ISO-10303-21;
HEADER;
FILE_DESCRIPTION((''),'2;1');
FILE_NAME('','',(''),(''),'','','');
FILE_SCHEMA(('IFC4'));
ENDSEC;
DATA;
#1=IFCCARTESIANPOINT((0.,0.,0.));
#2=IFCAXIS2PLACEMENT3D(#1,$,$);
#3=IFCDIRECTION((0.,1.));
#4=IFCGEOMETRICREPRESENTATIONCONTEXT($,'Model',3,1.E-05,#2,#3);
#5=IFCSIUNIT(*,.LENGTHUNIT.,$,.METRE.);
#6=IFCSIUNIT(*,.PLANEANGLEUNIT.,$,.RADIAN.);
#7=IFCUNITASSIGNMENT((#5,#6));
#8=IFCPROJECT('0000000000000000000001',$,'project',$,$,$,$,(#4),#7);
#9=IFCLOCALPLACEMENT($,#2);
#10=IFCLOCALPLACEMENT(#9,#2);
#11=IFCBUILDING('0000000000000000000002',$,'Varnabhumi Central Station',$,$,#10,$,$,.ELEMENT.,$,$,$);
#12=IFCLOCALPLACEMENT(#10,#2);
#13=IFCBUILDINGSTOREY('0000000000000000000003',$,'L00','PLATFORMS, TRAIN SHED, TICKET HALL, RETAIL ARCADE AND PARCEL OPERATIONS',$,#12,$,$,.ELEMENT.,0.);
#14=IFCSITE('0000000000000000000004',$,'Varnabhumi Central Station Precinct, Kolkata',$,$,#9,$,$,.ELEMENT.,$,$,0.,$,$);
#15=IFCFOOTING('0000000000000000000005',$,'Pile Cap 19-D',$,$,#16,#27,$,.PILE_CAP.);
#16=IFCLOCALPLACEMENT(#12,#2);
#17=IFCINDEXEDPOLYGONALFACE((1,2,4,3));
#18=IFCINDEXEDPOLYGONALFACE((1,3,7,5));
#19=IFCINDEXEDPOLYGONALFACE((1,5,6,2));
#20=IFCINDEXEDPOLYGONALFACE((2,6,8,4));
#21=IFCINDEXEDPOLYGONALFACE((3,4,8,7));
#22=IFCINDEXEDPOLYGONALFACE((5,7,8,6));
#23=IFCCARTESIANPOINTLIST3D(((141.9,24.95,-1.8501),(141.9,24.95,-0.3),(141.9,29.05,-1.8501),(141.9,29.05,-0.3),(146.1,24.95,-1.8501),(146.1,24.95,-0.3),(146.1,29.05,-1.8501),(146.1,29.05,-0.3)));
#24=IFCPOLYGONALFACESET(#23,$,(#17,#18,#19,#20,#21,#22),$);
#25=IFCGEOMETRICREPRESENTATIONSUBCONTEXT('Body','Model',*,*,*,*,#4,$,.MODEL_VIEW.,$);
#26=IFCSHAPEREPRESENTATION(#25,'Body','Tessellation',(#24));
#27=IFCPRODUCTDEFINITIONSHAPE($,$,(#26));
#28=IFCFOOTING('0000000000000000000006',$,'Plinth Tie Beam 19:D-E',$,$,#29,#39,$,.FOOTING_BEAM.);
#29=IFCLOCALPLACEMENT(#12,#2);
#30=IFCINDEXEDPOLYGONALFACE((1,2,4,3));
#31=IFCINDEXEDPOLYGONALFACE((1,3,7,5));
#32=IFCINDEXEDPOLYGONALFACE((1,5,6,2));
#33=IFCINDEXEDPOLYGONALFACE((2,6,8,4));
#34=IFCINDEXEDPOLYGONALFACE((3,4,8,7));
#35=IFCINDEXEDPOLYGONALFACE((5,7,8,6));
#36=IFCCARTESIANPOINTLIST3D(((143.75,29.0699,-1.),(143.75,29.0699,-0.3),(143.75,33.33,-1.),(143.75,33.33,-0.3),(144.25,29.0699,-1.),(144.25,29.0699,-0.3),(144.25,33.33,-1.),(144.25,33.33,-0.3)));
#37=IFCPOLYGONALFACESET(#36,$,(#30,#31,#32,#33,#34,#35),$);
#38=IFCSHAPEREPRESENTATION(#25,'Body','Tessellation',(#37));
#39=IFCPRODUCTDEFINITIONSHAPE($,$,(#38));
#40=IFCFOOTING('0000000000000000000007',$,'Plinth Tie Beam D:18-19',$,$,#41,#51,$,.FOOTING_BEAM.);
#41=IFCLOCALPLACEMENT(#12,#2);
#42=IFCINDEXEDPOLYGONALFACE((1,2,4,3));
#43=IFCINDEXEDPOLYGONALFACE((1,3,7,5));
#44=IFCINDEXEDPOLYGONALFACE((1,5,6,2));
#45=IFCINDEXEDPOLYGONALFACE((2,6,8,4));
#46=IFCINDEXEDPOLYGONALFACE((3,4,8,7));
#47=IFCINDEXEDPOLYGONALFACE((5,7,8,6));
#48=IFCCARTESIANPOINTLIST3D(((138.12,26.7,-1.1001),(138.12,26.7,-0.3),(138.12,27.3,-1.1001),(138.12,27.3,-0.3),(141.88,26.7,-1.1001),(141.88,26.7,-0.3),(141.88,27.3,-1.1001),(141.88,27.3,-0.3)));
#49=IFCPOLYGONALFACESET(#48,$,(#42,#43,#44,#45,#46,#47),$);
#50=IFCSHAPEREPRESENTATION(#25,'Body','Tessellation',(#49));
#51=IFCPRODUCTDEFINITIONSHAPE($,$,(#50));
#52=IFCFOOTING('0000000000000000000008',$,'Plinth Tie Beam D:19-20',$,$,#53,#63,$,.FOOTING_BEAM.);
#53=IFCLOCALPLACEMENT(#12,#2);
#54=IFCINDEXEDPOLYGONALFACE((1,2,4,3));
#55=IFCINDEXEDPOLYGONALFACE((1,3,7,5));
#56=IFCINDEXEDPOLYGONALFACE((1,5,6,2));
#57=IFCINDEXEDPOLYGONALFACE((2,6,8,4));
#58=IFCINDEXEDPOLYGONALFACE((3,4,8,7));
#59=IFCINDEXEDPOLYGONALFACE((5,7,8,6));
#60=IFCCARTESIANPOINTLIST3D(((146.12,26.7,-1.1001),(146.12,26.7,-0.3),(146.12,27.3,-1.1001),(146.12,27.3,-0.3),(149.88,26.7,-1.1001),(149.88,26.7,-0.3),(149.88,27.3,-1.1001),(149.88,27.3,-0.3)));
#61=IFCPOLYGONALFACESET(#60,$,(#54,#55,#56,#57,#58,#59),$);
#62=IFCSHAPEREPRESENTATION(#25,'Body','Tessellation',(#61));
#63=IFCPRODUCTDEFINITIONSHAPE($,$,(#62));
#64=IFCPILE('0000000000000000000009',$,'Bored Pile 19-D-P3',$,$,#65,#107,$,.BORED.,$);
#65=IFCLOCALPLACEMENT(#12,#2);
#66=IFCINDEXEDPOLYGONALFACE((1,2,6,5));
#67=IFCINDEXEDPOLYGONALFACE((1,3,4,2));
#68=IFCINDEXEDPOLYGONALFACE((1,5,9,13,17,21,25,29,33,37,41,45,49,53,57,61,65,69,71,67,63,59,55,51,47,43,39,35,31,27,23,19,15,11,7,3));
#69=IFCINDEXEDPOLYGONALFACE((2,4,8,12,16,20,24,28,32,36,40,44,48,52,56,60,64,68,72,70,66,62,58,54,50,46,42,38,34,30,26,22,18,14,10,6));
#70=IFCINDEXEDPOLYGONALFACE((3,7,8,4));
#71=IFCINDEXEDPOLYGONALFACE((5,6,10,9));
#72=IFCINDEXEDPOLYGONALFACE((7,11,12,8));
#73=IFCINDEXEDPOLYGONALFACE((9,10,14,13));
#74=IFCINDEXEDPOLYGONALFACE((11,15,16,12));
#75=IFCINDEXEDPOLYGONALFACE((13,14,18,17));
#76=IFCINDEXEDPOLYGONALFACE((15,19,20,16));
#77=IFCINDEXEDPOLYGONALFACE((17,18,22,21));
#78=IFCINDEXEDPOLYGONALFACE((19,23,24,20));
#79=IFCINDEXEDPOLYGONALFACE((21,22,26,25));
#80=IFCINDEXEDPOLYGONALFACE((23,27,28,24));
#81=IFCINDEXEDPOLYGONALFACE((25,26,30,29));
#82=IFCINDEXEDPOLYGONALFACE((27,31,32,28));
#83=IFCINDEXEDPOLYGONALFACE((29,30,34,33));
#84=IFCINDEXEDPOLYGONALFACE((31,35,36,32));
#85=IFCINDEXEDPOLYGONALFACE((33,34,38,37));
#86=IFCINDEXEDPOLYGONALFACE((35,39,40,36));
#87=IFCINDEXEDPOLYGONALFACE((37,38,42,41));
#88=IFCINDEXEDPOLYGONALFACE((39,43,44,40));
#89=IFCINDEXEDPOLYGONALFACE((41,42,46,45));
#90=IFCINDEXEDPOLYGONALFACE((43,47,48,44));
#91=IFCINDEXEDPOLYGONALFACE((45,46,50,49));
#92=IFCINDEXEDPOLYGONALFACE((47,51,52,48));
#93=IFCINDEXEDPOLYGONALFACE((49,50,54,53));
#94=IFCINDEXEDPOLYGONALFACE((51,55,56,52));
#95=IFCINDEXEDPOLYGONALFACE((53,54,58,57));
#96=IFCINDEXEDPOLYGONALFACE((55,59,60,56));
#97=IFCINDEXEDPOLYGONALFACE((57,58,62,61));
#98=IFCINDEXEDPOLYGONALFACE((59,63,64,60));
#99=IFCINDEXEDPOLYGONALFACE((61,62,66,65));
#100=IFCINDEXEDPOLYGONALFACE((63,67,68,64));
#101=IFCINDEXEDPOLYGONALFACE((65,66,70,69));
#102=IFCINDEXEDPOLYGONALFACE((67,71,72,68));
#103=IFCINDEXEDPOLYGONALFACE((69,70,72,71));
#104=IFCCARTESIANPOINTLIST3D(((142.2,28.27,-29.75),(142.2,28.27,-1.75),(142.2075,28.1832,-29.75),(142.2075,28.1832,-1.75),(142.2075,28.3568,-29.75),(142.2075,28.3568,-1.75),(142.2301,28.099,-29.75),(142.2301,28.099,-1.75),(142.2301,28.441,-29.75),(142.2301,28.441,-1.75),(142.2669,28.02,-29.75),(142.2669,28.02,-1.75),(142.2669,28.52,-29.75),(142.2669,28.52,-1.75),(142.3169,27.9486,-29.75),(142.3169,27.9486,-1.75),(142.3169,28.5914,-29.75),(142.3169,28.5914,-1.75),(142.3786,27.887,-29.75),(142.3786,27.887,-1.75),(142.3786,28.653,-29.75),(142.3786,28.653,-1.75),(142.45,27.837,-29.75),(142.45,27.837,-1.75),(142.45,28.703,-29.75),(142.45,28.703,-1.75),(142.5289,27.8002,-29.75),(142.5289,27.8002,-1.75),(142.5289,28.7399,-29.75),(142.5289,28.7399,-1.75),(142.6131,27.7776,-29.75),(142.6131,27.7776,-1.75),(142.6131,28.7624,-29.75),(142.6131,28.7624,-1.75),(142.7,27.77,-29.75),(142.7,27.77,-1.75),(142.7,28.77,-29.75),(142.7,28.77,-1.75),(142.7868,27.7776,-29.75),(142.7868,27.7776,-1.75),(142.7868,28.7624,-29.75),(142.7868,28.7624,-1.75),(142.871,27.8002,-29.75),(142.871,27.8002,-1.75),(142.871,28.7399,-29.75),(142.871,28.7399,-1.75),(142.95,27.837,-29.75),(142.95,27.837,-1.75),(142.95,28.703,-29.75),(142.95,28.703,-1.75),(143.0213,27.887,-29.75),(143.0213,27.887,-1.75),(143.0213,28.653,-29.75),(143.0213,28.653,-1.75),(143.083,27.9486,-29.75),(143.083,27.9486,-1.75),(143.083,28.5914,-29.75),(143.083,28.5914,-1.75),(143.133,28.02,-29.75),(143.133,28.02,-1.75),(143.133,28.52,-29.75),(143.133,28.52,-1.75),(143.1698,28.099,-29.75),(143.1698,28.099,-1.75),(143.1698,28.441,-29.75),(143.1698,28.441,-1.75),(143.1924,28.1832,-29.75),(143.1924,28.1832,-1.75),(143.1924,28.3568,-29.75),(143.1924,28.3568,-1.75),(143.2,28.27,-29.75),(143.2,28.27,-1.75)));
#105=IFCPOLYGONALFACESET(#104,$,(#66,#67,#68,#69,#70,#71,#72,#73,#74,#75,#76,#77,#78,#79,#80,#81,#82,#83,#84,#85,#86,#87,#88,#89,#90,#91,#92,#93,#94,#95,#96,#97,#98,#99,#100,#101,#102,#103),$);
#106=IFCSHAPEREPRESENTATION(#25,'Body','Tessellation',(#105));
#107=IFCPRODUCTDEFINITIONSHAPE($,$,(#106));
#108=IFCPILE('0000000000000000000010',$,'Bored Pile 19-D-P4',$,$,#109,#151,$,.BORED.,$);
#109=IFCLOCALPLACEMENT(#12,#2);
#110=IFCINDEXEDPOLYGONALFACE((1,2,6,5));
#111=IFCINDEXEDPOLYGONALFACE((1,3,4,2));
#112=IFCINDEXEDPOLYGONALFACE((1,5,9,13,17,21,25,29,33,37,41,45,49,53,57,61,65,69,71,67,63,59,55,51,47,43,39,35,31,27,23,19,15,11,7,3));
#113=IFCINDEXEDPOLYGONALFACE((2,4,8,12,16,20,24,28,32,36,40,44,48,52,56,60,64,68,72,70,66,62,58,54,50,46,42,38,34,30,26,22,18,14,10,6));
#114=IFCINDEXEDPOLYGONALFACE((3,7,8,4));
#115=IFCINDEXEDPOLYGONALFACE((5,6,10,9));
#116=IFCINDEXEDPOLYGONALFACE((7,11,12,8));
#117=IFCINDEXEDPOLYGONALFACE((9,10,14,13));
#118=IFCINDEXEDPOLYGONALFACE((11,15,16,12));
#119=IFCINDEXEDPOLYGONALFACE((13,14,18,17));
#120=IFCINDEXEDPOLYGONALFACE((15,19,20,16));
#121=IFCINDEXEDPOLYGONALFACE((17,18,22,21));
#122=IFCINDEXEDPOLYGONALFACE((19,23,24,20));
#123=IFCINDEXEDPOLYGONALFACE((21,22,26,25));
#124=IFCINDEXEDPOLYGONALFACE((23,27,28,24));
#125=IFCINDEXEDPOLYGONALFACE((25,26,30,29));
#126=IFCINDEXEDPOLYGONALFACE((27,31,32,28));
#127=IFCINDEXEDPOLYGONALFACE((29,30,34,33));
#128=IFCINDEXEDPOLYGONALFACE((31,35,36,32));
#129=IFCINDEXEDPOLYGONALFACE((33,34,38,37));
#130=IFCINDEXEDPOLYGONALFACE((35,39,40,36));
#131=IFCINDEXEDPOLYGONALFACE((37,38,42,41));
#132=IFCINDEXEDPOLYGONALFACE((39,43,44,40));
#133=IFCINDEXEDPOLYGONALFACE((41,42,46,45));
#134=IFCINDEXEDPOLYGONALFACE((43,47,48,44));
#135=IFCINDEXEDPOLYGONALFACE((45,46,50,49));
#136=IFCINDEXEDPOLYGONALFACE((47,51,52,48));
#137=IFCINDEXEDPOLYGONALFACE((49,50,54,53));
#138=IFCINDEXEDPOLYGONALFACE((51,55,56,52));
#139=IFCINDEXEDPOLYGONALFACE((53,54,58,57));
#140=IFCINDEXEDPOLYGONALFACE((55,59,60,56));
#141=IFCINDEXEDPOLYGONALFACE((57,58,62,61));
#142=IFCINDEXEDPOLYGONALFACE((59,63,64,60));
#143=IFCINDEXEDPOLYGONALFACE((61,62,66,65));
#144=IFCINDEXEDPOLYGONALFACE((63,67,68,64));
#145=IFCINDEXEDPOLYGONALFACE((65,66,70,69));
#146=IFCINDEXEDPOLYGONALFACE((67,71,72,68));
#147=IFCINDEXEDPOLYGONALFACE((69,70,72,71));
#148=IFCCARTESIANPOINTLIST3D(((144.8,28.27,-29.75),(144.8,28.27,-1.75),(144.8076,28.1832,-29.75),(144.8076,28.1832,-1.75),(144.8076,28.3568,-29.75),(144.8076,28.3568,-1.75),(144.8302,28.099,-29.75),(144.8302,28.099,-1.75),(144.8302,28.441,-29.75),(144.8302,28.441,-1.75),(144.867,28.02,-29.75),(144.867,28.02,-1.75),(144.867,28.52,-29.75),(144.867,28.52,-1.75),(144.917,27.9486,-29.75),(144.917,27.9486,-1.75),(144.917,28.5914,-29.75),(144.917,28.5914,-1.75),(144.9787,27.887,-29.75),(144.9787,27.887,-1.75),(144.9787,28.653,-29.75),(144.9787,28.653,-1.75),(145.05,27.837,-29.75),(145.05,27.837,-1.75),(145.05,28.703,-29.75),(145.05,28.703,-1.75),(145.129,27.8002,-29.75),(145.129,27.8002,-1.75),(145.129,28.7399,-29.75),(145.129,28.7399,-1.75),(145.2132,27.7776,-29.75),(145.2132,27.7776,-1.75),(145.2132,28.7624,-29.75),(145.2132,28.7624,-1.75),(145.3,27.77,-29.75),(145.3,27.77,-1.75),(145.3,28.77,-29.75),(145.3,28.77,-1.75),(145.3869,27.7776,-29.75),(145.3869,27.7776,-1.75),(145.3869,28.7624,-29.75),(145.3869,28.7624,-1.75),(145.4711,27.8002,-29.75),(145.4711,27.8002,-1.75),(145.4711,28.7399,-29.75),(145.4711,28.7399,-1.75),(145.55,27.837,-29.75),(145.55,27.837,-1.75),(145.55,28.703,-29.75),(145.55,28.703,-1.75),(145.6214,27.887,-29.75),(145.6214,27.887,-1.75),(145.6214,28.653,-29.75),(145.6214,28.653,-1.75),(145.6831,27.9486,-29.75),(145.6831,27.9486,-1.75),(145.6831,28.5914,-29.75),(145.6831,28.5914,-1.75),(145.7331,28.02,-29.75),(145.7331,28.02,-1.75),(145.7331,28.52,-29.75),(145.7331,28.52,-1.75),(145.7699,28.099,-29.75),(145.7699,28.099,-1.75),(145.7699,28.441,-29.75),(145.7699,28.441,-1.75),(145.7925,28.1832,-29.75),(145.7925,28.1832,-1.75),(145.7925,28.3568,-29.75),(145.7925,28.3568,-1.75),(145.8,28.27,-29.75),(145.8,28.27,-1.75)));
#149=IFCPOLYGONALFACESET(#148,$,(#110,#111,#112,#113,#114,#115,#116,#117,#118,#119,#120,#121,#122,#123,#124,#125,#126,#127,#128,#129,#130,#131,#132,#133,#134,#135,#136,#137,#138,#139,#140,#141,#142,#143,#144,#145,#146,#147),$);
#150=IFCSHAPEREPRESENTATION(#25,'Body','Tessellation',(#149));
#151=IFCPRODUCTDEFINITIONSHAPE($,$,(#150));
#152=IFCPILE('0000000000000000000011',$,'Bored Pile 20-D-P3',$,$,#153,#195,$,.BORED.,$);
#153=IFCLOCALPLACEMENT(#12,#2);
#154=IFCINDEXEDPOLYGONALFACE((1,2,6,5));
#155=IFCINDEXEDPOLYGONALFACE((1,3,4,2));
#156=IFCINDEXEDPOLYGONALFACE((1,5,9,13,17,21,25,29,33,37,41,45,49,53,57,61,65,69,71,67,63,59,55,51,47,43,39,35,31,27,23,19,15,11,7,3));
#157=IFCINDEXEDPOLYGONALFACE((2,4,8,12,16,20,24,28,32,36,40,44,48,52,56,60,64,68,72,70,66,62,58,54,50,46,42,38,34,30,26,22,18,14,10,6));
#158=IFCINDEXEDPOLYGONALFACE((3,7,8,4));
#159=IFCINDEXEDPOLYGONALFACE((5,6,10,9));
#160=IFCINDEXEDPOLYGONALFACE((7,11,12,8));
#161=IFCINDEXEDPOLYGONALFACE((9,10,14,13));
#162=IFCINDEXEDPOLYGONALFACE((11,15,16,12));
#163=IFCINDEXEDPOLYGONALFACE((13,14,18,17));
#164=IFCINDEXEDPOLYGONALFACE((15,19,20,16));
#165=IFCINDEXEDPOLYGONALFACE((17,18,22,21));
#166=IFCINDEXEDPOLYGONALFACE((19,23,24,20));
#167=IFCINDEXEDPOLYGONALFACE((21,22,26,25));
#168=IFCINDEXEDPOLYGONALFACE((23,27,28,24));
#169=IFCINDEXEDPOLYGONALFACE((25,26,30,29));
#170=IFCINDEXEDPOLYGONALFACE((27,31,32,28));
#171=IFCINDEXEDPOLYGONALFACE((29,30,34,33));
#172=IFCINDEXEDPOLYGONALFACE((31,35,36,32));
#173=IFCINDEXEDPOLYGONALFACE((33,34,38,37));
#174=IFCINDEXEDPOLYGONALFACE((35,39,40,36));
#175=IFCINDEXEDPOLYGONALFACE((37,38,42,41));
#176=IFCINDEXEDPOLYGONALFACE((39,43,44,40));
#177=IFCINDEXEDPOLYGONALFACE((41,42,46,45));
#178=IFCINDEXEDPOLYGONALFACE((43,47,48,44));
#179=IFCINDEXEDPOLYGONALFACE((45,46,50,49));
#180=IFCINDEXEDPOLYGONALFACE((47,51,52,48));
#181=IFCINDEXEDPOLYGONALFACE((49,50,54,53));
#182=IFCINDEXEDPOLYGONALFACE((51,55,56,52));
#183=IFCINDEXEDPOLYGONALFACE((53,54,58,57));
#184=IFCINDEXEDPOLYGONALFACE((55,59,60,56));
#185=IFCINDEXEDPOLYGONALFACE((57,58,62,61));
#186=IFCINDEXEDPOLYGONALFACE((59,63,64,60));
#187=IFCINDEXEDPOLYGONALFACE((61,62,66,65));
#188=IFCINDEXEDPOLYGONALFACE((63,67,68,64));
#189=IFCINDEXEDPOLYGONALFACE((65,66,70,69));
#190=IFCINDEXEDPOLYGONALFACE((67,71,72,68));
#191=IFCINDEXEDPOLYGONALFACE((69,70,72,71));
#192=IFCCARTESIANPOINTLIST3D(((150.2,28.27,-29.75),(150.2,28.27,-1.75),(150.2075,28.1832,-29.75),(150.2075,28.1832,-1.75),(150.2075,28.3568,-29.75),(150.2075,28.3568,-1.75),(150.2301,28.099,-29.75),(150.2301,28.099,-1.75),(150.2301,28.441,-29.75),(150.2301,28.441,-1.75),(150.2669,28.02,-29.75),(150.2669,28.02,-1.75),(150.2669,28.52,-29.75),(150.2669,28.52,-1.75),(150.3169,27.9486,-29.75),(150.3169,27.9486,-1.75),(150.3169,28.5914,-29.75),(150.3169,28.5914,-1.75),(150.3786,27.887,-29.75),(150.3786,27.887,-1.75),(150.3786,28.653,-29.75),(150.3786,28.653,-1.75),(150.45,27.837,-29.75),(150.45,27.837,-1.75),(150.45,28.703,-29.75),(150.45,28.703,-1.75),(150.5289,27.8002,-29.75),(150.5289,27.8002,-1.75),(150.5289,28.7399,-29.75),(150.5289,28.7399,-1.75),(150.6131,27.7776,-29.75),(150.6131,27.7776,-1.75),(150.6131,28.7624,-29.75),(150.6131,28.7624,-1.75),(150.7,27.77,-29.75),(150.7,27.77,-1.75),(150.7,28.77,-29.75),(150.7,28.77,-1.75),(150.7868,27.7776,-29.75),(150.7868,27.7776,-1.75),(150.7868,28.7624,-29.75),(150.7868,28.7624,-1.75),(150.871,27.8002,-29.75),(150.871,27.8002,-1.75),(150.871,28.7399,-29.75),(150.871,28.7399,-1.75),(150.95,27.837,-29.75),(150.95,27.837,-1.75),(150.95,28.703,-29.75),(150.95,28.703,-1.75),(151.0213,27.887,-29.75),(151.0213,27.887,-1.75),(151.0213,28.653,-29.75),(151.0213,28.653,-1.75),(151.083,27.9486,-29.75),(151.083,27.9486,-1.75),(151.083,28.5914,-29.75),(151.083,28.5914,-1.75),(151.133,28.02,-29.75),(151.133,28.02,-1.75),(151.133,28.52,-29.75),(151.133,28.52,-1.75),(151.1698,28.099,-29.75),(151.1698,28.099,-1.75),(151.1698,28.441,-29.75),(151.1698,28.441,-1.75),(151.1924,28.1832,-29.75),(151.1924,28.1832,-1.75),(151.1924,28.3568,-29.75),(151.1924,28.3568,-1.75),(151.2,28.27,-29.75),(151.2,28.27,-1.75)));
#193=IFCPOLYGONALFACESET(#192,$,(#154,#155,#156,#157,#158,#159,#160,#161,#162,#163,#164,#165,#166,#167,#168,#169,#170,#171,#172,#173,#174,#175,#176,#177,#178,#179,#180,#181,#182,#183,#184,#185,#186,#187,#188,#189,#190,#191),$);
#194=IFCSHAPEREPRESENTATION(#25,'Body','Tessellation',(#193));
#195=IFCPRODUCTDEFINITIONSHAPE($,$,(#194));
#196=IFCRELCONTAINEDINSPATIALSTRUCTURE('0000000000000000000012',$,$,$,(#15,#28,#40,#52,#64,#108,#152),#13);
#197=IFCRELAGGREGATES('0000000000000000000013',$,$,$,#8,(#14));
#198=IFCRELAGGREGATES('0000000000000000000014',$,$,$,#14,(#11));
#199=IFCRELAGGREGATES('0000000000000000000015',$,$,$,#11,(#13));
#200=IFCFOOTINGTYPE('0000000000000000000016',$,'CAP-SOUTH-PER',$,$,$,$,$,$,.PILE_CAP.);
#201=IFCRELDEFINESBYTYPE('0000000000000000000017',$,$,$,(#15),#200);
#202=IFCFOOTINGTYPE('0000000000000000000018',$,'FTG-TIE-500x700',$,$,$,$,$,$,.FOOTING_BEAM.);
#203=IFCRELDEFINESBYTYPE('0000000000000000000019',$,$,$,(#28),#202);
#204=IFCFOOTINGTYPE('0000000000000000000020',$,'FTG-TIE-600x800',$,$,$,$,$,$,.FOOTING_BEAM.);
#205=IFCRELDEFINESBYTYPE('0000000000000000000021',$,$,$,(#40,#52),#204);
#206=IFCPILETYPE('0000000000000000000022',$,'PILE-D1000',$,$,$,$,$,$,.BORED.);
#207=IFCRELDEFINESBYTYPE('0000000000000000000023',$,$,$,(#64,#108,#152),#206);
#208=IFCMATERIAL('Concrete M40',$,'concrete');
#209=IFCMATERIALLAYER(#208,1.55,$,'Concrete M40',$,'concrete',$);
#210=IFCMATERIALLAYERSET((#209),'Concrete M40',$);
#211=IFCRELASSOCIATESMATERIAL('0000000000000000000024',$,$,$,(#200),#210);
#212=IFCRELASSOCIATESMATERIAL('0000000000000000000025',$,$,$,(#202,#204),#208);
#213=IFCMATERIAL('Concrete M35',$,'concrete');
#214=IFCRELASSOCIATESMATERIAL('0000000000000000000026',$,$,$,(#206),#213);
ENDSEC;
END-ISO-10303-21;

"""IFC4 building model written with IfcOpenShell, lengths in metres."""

from ifc_helpers import new_model, si_unit, direction, frame, origin, origin_2d, place, context, subcontext, project, spatial, rectangle, circle, extrude, material, layer, layer_set, material_profile, profile_set, type_object, element, save


model = new_model("IFC4")

# Units and contexts
model_context = context("Model", 3, precision=1e-05, world=origin(), true_north=direction((0.0, 1.0)))
body_context = subcontext(model_context, "Body", "Model", "MODEL_VIEW")
ifc_project = project(units=[si_unit("LENGTHUNIT", "METRE"), si_unit("PLANEANGLEUNIT", "RADIAN")], contexts=[model_context])

# Site, building, storey
site_placement = place(None, origin())
site = spatial("IfcSite", under=ifc_project, at=site_placement, Name="Varnabhumi Central Station Precinct, Kolkata", CompositionType="ELEMENT", RefElevation=0.0)
building_placement = place(site_placement, origin())
building = spatial("IfcBuilding", under=site, at=building_placement, Name="Varnabhumi Central Station", CompositionType="ELEMENT")
storey_placement = place(building_placement, origin())
storey = spatial("IfcBuildingStorey", under=building, at=storey_placement, Name="L00", Description="PLATFORMS, TRAIN SHED, TICKET HALL, RETAIL ARCADE AND PARCEL OPERATIONS", CompositionType="ELEMENT", Elevation=0.0)

# Footings
ifc_material_1 = material(Name="Concrete M40", Category="concrete")
ifc_layer_1 = layer(ifc_material_1, 1.55, Name="Concrete M40", Category="concrete")
ifc_layer_set_1 = layer_set([ifc_layer_1], Name="Concrete M40")
footing_type_1 = type_object("IfcFootingType", Name="CAP-SOUTH-PER", PredefinedType="PILE_CAP", material=ifc_layer_set_1)
footing_1_placement = place(storey_placement, frame((144.0, 27.0, -1.8501), z_axis=(0.0, 0.0, 1.0), x_axis=(1.0, 0.0, 0.0)))
element("IfcFooting", 1, at=footing_1_placement, inside=storey, type_object=footing_type_1, Name="Pile Cap 19-D", PredefinedType="PILE_CAP", context=body_context, shape_type="SweptSolid", body=[
    extrude(rectangle(XDim=4.2, YDim=4.1001, at=origin_2d()), origin(), (0.0, 0.0, 1.0), 1.55),
])
footing_type_2 = type_object("IfcFootingType", Name="FTG-TIE-500x700", PredefinedType="FOOTING_BEAM", material=ifc_material_1)
footing_2_placement = place(storey_placement, frame((144.0, 31.2, -1.0), z_axis=(0.0, 0.0, 1.0), x_axis=(1.0, 0.0, 0.0)))
element("IfcFooting", 2, at=footing_2_placement, inside=storey, type_object=footing_type_2, Name="Plinth Tie Beam 19:D-E", PredefinedType="FOOTING_BEAM", context=body_context, shape_type="SweptSolid", body=[
    extrude(rectangle(XDim=0.5, YDim=4.26, at=origin_2d()), origin(), (0.0, 0.0, 1.0), 0.7),
])
footing_type_3 = type_object("IfcFootingType", Name="FTG-TIE-600x800", PredefinedType="FOOTING_BEAM", material=ifc_material_1)
for number, where, z_axis, x_axis, name in (
    (3, (140.0, 27.0, -1.1001), (0.0, 0.0, 1.0), (1.0, 0.0, 0.0), "Plinth Tie Beam D:18-19"),
    (4, (148.0, 27.0, -1.1001), (0.0, 0.0, 1.0), (1.0, 0.0, 0.0), "Plinth Tie Beam D:19-20"),
):
    element("IfcFooting", number, at=place(storey_placement, frame(where, z_axis=z_axis, x_axis=x_axis)), inside=storey, type_object=footing_type_3, Name=name, PredefinedType="FOOTING_BEAM", context=body_context, shape_type="SweptSolid", body=[
        extrude(rectangle(XDim=3.76, YDim=0.6001, at=origin_2d()), origin(), (0.0, 0.0, 1.0), 0.8),
    ])

# Piles
ifc_material_2 = material(Name="Concrete M35", Category="concrete")
ifc_material_profile_1 = material_profile(ifc_material_2, circle(Radius=0.5, at=origin_2d()), Name="Concrete M35", Category="concrete")
ifc_profile_set_1 = profile_set([ifc_material_profile_1], Name="Concrete M35")
pile_type_1 = type_object("IfcPileType", Name="PILE-D1000", PredefinedType="BORED", material=ifc_profile_set_1)
for number, where, z_axis, x_axis, name in (
    (5, (142.7, 28.27, -1.75), (0.0, 0.0, -1.0), (1.0, 0.0, 0.0), "Bored Pile 19-D-P3"),
    (6, (145.3, 28.27, -1.75), (0.0, 0.0, -1.0), (1.0, 0.0, 0.0), "Bored Pile 19-D-P4"),
    (7, (150.7, 28.27, -1.75), (0.0, 0.0, -1.0), (1.0, 0.0, 0.0), "Bored Pile 20-D-P3"),
):
    element("IfcPile", number, at=place(storey_placement, frame(where, z_axis=z_axis, x_axis=x_axis)), inside=storey, type_object=pile_type_1, Name=name, PredefinedType="BORED", context=body_context, shape_type="SweptSolid", body=[
        extrude(circle(Radius=0.5, at=origin_2d()), origin(), (0.0, 0.0, 1.0), 28.0),
    ])

save(model, "model.ifc")
